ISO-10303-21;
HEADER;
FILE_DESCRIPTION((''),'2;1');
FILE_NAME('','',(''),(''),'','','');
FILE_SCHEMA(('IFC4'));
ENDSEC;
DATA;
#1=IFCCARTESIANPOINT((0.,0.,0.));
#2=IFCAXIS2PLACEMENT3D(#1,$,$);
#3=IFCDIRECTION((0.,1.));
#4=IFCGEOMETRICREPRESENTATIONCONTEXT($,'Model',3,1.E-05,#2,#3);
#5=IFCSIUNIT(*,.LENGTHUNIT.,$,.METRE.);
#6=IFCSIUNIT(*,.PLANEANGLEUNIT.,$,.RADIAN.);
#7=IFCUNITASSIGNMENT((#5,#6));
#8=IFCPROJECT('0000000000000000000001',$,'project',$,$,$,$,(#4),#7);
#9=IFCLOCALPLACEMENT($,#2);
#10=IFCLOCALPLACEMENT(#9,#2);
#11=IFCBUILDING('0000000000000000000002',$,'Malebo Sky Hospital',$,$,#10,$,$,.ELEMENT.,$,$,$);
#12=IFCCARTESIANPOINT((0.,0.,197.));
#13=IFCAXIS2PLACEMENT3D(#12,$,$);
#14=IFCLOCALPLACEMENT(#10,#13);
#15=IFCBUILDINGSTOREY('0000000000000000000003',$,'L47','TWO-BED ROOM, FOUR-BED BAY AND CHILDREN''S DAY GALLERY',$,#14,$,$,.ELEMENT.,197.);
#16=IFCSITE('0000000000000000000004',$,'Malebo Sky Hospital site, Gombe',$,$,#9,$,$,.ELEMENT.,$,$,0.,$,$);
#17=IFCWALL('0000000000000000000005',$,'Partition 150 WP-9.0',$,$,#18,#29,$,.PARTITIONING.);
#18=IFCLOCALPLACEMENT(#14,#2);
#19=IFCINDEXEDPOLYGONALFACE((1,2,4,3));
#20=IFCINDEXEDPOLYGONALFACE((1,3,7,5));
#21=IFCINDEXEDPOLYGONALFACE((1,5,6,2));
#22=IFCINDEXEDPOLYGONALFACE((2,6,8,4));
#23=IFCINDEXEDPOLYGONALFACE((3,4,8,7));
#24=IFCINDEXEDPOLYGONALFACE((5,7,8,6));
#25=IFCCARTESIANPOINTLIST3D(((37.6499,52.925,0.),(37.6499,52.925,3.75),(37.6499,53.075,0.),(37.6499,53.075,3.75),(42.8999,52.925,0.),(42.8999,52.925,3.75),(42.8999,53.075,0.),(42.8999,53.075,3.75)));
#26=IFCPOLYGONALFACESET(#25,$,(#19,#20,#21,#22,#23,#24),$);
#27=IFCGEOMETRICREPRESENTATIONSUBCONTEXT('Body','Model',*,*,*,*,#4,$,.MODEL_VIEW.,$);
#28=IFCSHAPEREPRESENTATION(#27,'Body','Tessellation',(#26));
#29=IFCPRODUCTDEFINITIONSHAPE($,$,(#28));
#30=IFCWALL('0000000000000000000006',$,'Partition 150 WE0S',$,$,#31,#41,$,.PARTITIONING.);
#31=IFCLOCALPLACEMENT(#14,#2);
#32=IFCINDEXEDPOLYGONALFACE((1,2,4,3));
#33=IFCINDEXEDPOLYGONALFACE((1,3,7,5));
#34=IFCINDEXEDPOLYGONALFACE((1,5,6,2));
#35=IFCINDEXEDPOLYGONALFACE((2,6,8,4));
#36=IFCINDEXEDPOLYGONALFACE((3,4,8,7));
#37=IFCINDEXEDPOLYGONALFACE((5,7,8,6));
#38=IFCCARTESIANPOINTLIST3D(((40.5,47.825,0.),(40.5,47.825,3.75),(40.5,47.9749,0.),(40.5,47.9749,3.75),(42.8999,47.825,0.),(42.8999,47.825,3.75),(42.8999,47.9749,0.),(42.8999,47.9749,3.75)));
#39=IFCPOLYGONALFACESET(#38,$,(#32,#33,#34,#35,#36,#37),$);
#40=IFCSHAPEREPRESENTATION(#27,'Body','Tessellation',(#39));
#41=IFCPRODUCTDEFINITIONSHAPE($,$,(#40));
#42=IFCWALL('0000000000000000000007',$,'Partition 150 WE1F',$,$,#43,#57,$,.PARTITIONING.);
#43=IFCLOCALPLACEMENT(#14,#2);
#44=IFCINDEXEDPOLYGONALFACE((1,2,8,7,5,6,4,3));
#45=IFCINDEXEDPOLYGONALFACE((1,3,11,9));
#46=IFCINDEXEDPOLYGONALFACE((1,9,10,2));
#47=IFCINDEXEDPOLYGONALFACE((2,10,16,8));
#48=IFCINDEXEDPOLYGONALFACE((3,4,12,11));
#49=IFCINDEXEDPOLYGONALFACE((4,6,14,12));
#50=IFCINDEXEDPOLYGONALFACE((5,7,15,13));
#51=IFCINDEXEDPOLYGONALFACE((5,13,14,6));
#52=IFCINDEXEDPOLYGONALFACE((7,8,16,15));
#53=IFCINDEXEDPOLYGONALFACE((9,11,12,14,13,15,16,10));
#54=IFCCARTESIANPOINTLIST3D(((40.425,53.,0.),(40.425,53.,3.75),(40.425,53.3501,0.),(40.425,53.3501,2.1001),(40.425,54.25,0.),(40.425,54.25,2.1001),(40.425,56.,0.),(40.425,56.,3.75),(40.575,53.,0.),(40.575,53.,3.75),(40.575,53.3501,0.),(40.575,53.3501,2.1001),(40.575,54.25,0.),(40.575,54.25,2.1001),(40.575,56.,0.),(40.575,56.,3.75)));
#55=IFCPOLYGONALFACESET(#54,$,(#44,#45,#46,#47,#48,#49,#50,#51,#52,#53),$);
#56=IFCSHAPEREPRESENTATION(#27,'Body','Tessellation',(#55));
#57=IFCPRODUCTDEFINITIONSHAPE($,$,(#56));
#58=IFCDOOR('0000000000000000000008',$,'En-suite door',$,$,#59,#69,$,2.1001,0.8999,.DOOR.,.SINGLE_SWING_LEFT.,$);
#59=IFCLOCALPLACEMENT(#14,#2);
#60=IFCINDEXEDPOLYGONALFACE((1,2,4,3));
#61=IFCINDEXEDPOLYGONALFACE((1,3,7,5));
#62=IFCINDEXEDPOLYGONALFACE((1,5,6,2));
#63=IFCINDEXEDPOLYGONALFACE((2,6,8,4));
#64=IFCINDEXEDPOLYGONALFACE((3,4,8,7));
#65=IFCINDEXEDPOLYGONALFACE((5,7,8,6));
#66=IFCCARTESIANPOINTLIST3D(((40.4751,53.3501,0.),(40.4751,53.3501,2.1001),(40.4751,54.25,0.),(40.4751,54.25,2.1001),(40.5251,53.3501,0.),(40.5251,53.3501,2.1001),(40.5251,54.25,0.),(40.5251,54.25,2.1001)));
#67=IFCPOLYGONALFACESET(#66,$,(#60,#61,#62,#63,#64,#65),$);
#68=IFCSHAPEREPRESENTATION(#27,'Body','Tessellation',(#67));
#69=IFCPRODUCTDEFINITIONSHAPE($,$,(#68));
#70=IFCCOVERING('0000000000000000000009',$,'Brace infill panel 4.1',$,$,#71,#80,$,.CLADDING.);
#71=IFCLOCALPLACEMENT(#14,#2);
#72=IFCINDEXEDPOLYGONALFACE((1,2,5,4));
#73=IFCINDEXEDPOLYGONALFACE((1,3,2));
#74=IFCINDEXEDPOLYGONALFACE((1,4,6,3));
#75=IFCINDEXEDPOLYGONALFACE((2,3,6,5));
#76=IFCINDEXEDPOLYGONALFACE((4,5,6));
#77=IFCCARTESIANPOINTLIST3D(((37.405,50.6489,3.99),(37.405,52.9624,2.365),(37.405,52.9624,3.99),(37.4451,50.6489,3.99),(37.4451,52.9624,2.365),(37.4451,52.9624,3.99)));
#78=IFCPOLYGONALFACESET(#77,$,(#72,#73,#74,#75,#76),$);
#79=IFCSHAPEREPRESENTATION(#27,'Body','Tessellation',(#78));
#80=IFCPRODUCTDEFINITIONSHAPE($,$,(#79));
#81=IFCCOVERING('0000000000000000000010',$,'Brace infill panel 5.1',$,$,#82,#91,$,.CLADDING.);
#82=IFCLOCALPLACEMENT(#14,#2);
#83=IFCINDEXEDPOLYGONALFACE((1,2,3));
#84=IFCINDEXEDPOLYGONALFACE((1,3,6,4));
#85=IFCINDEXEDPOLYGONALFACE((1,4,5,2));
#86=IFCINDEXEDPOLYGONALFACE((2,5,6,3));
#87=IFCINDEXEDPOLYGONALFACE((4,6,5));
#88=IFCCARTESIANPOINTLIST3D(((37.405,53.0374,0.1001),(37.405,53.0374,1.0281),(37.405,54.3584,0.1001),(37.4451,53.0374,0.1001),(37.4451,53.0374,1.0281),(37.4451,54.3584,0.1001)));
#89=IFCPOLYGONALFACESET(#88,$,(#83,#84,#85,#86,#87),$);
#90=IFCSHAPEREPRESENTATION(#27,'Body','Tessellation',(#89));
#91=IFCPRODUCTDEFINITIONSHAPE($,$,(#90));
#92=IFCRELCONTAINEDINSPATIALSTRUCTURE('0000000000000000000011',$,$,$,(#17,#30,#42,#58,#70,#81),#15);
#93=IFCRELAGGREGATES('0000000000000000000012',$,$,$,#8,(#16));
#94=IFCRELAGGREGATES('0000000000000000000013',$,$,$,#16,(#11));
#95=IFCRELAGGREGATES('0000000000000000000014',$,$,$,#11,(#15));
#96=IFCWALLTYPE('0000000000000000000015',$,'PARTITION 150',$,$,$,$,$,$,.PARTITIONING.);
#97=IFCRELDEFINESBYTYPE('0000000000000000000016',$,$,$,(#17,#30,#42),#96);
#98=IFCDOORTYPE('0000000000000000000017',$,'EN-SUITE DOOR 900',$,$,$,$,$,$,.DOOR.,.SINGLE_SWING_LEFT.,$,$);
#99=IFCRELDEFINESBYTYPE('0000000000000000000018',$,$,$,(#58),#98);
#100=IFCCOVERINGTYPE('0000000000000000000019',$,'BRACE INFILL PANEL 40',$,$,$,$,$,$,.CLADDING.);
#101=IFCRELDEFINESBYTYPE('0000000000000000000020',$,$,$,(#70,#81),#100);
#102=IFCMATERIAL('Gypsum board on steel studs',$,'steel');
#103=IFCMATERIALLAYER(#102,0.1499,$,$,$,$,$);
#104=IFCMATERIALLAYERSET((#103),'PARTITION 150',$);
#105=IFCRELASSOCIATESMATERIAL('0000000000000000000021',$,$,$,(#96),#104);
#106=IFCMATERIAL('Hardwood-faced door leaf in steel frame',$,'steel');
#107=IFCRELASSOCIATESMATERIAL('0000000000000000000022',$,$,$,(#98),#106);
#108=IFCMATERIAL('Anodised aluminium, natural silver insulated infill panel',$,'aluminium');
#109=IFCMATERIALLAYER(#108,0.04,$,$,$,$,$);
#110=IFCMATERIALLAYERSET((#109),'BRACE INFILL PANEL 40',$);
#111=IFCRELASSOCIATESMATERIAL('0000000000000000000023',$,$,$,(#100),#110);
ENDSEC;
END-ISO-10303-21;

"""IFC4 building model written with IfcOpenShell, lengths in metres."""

from ifc_helpers import new_model, si_unit, direction, frame, frame_2d, origin, place, context, subcontext, project, spatial, polyline, rectangle, outline, extrude, material, layer, layer_set, type_object, element, fill, save


model = new_model("IFC4")

# Units and contexts
model_context = context("Model", 3, precision=1e-05, world=origin(), true_north=direction((0.0, 1.0)))
body_context = subcontext(model_context, "Body", "Model", "MODEL_VIEW")
ifc_project = project(units=[si_unit("LENGTHUNIT", "METRE"), si_unit("PLANEANGLEUNIT", "RADIAN")], contexts=[model_context])

# Site, building, storey
site_placement = place(None, origin())
site = spatial("IfcSite", under=ifc_project, at=site_placement, Name="Malebo Sky Hospital site, Gombe", CompositionType="ELEMENT", RefElevation=0.0)
building_placement = place(site_placement, origin())
building = spatial("IfcBuilding", under=site, at=building_placement, Name="Malebo Sky Hospital", CompositionType="ELEMENT")
storey_placement = place(building_placement, frame((0.0, 0.0, 197.0)))
storey = spatial("IfcBuildingStorey", under=building, at=storey_placement, Name="L47", Description="TWO-BED ROOM, FOUR-BED BAY AND CHILDREN'S DAY GALLERY", CompositionType="ELEMENT", Elevation=197.0)

# Walls
ifc_material_1 = material(Name="Gypsum board on steel studs", Category="steel")
ifc_layer_1 = layer(ifc_material_1, 0.1499)
ifc_layer_set_1 = layer_set([ifc_layer_1], Name="PARTITION 150")
wall_type = type_object("IfcWallType", Name="PARTITION 150", PredefinedType="PARTITIONING", material=ifc_layer_set_1)
wall_1_placement = place(storey_placement, frame((42.8999, 53.0, 0.0), z_axis=(0.0, 0.0, 1.0), x_axis=(-1.0, 0.0, 0.0)))
element("IfcWall", 1, at=wall_1_placement, inside=storey, type_object=wall_type, Name="Partition 150 WP-9.0", PredefinedType="PARTITIONING", context=body_context, shape_type="SweptSolid", body=[
    extrude(rectangle(XDim=5.25, YDim=0.1499, at=frame_2d((2.625, 0.0))), origin(), (0.0, 0.0, 1.0), 3.75),
])
wall_2_placement = place(storey_placement, frame((42.8999, 47.8999, 0.0), z_axis=(0.0, 0.0, 1.0), x_axis=(-1.0, 0.0, 0.0)))
element("IfcWall", 2, at=wall_2_placement, inside=storey, type_object=wall_type, Name="Partition 150 WE0S", PredefinedType="PARTITIONING", context=body_context, shape_type="SweptSolid", body=[
    extrude(rectangle(XDim=2.3999, YDim=0.1499, at=frame_2d((1.2, 0.0))), origin(), (0.0, 0.0, 1.0), 3.75),
])

# Wall, opening, door
wall_3_placement = place(storey_placement, frame((40.5, 53.0, 0.0), z_axis=(0.0, 0.0, 1.0), x_axis=(0.0, 1.0, 0.0)))
wall_3 = element("IfcWall", 3, at=wall_3_placement, inside=storey, type_object=wall_type, Name="Partition 150 WE1F", PredefinedType="PARTITIONING", context=body_context, shape_type="SweptSolid", body=[
    extrude(rectangle(XDim=3.0, YDim=0.1499, at=frame_2d((1.5, 0.0))), origin(), (0.0, 0.0, 1.0), 3.75),
])
opening_placement = place(wall_3_placement, frame((0.3501, 0.0, 0.0)))
opening = element("IfcOpeningElement", 4, at=opening_placement, cuts=wall_3, PredefinedType="OPENING", context=body_context, shape_type="SweptSolid", body=[
    extrude(rectangle(XDim=0.8999, YDim=2.1001, at=frame_2d((0.45, 1.05))), frame((0.0, 0.085, 0.0), z_axis=(0.0, -1.0, 0.0), x_axis=(1.0, 0.0, 0.0)), (0.0, 0.0, 1.0), 0.1699),
])
ifc_material_2 = material(Name="Hardwood-faced door leaf in steel frame", Category="steel")
door_type = type_object("IfcDoorType", Name="EN-SUITE DOOR 900", OperationType="SINGLE_SWING_LEFT", PredefinedType="DOOR", material=ifc_material_2)
door_placement = place(opening_placement, origin())
door = element("IfcDoor", 5, at=door_placement, inside=storey, type_object=door_type, Name="En-suite door", OperationType="SINGLE_SWING_LEFT", OverallHeight=2.1001, OverallWidth=0.8999, PredefinedType="DOOR", context=body_context, shape_type="SweptSolid", body=[
    extrude(rectangle(XDim=0.8999, YDim=2.1001, at=frame_2d((0.45, 1.05))), frame((0.0, 0.0249, 0.0), z_axis=(0.0, -1.0, 0.0), x_axis=(1.0, 0.0, 0.0)), (0.0, 0.0, 1.0), 0.05),
])
fill(opening, door)

# Coverings
ifc_material_3 = material(Name="Anodised aluminium, natural silver insulated infill panel", Category="aluminium")
ifc_layer_2 = layer(ifc_material_3, 0.04)
ifc_layer_set_2 = layer_set([ifc_layer_2], Name="BRACE INFILL PANEL 40")
covering_type = type_object("IfcCoveringType", Name="BRACE INFILL PANEL 40", PredefinedType="CLADDING", material=ifc_layer_set_2)
covering_1_placement = place(storey_placement, frame((37.425, 51.8057, 2.365), z_axis=(0.0, 0.0, 1.0), x_axis=(0.0, 1.0, 0.0)))
element("IfcCovering", 6, at=covering_1_placement, inside=storey, type_object=covering_type, Name="Brace infill panel 4.1", PredefinedType="CLADDING", context=body_context, shape_type="SweptSolid", body=[
    extrude(outline(polyline([(1.1567, 0.0), (1.1567, 1.625), (-1.1567, 1.625), (1.1567, 0.0)])), frame((0.0, 0.02, 0.0), z_axis=(0.0, -1.0, 0.0), x_axis=(1.0, 0.0, 0.0)), (0.0, 0.0, 1.0), 0.04),
])
covering_2_placement = place(storey_placement, frame((37.425, 53.698, 0.1001), z_axis=(0.0, 0.0, 1.0), x_axis=(0.0, 1.0, 0.0)))
element("IfcCovering", 7, at=covering_2_placement, inside=storey, type_object=covering_type, Name="Brace infill panel 5.1", PredefinedType="CLADDING", context=body_context, shape_type="SweptSolid", body=[
    extrude(outline(polyline([(-0.6606, 0.0), (0.6604, 0.0), (-0.6606, 0.928), (-0.6606, 0.0)])), frame((0.0, 0.02, 0.0), z_axis=(0.0, -1.0, 0.0), x_axis=(1.0, 0.0, 0.0)), (0.0, 0.0, 1.0), 0.04),
])

save(model, "model.ifc")
